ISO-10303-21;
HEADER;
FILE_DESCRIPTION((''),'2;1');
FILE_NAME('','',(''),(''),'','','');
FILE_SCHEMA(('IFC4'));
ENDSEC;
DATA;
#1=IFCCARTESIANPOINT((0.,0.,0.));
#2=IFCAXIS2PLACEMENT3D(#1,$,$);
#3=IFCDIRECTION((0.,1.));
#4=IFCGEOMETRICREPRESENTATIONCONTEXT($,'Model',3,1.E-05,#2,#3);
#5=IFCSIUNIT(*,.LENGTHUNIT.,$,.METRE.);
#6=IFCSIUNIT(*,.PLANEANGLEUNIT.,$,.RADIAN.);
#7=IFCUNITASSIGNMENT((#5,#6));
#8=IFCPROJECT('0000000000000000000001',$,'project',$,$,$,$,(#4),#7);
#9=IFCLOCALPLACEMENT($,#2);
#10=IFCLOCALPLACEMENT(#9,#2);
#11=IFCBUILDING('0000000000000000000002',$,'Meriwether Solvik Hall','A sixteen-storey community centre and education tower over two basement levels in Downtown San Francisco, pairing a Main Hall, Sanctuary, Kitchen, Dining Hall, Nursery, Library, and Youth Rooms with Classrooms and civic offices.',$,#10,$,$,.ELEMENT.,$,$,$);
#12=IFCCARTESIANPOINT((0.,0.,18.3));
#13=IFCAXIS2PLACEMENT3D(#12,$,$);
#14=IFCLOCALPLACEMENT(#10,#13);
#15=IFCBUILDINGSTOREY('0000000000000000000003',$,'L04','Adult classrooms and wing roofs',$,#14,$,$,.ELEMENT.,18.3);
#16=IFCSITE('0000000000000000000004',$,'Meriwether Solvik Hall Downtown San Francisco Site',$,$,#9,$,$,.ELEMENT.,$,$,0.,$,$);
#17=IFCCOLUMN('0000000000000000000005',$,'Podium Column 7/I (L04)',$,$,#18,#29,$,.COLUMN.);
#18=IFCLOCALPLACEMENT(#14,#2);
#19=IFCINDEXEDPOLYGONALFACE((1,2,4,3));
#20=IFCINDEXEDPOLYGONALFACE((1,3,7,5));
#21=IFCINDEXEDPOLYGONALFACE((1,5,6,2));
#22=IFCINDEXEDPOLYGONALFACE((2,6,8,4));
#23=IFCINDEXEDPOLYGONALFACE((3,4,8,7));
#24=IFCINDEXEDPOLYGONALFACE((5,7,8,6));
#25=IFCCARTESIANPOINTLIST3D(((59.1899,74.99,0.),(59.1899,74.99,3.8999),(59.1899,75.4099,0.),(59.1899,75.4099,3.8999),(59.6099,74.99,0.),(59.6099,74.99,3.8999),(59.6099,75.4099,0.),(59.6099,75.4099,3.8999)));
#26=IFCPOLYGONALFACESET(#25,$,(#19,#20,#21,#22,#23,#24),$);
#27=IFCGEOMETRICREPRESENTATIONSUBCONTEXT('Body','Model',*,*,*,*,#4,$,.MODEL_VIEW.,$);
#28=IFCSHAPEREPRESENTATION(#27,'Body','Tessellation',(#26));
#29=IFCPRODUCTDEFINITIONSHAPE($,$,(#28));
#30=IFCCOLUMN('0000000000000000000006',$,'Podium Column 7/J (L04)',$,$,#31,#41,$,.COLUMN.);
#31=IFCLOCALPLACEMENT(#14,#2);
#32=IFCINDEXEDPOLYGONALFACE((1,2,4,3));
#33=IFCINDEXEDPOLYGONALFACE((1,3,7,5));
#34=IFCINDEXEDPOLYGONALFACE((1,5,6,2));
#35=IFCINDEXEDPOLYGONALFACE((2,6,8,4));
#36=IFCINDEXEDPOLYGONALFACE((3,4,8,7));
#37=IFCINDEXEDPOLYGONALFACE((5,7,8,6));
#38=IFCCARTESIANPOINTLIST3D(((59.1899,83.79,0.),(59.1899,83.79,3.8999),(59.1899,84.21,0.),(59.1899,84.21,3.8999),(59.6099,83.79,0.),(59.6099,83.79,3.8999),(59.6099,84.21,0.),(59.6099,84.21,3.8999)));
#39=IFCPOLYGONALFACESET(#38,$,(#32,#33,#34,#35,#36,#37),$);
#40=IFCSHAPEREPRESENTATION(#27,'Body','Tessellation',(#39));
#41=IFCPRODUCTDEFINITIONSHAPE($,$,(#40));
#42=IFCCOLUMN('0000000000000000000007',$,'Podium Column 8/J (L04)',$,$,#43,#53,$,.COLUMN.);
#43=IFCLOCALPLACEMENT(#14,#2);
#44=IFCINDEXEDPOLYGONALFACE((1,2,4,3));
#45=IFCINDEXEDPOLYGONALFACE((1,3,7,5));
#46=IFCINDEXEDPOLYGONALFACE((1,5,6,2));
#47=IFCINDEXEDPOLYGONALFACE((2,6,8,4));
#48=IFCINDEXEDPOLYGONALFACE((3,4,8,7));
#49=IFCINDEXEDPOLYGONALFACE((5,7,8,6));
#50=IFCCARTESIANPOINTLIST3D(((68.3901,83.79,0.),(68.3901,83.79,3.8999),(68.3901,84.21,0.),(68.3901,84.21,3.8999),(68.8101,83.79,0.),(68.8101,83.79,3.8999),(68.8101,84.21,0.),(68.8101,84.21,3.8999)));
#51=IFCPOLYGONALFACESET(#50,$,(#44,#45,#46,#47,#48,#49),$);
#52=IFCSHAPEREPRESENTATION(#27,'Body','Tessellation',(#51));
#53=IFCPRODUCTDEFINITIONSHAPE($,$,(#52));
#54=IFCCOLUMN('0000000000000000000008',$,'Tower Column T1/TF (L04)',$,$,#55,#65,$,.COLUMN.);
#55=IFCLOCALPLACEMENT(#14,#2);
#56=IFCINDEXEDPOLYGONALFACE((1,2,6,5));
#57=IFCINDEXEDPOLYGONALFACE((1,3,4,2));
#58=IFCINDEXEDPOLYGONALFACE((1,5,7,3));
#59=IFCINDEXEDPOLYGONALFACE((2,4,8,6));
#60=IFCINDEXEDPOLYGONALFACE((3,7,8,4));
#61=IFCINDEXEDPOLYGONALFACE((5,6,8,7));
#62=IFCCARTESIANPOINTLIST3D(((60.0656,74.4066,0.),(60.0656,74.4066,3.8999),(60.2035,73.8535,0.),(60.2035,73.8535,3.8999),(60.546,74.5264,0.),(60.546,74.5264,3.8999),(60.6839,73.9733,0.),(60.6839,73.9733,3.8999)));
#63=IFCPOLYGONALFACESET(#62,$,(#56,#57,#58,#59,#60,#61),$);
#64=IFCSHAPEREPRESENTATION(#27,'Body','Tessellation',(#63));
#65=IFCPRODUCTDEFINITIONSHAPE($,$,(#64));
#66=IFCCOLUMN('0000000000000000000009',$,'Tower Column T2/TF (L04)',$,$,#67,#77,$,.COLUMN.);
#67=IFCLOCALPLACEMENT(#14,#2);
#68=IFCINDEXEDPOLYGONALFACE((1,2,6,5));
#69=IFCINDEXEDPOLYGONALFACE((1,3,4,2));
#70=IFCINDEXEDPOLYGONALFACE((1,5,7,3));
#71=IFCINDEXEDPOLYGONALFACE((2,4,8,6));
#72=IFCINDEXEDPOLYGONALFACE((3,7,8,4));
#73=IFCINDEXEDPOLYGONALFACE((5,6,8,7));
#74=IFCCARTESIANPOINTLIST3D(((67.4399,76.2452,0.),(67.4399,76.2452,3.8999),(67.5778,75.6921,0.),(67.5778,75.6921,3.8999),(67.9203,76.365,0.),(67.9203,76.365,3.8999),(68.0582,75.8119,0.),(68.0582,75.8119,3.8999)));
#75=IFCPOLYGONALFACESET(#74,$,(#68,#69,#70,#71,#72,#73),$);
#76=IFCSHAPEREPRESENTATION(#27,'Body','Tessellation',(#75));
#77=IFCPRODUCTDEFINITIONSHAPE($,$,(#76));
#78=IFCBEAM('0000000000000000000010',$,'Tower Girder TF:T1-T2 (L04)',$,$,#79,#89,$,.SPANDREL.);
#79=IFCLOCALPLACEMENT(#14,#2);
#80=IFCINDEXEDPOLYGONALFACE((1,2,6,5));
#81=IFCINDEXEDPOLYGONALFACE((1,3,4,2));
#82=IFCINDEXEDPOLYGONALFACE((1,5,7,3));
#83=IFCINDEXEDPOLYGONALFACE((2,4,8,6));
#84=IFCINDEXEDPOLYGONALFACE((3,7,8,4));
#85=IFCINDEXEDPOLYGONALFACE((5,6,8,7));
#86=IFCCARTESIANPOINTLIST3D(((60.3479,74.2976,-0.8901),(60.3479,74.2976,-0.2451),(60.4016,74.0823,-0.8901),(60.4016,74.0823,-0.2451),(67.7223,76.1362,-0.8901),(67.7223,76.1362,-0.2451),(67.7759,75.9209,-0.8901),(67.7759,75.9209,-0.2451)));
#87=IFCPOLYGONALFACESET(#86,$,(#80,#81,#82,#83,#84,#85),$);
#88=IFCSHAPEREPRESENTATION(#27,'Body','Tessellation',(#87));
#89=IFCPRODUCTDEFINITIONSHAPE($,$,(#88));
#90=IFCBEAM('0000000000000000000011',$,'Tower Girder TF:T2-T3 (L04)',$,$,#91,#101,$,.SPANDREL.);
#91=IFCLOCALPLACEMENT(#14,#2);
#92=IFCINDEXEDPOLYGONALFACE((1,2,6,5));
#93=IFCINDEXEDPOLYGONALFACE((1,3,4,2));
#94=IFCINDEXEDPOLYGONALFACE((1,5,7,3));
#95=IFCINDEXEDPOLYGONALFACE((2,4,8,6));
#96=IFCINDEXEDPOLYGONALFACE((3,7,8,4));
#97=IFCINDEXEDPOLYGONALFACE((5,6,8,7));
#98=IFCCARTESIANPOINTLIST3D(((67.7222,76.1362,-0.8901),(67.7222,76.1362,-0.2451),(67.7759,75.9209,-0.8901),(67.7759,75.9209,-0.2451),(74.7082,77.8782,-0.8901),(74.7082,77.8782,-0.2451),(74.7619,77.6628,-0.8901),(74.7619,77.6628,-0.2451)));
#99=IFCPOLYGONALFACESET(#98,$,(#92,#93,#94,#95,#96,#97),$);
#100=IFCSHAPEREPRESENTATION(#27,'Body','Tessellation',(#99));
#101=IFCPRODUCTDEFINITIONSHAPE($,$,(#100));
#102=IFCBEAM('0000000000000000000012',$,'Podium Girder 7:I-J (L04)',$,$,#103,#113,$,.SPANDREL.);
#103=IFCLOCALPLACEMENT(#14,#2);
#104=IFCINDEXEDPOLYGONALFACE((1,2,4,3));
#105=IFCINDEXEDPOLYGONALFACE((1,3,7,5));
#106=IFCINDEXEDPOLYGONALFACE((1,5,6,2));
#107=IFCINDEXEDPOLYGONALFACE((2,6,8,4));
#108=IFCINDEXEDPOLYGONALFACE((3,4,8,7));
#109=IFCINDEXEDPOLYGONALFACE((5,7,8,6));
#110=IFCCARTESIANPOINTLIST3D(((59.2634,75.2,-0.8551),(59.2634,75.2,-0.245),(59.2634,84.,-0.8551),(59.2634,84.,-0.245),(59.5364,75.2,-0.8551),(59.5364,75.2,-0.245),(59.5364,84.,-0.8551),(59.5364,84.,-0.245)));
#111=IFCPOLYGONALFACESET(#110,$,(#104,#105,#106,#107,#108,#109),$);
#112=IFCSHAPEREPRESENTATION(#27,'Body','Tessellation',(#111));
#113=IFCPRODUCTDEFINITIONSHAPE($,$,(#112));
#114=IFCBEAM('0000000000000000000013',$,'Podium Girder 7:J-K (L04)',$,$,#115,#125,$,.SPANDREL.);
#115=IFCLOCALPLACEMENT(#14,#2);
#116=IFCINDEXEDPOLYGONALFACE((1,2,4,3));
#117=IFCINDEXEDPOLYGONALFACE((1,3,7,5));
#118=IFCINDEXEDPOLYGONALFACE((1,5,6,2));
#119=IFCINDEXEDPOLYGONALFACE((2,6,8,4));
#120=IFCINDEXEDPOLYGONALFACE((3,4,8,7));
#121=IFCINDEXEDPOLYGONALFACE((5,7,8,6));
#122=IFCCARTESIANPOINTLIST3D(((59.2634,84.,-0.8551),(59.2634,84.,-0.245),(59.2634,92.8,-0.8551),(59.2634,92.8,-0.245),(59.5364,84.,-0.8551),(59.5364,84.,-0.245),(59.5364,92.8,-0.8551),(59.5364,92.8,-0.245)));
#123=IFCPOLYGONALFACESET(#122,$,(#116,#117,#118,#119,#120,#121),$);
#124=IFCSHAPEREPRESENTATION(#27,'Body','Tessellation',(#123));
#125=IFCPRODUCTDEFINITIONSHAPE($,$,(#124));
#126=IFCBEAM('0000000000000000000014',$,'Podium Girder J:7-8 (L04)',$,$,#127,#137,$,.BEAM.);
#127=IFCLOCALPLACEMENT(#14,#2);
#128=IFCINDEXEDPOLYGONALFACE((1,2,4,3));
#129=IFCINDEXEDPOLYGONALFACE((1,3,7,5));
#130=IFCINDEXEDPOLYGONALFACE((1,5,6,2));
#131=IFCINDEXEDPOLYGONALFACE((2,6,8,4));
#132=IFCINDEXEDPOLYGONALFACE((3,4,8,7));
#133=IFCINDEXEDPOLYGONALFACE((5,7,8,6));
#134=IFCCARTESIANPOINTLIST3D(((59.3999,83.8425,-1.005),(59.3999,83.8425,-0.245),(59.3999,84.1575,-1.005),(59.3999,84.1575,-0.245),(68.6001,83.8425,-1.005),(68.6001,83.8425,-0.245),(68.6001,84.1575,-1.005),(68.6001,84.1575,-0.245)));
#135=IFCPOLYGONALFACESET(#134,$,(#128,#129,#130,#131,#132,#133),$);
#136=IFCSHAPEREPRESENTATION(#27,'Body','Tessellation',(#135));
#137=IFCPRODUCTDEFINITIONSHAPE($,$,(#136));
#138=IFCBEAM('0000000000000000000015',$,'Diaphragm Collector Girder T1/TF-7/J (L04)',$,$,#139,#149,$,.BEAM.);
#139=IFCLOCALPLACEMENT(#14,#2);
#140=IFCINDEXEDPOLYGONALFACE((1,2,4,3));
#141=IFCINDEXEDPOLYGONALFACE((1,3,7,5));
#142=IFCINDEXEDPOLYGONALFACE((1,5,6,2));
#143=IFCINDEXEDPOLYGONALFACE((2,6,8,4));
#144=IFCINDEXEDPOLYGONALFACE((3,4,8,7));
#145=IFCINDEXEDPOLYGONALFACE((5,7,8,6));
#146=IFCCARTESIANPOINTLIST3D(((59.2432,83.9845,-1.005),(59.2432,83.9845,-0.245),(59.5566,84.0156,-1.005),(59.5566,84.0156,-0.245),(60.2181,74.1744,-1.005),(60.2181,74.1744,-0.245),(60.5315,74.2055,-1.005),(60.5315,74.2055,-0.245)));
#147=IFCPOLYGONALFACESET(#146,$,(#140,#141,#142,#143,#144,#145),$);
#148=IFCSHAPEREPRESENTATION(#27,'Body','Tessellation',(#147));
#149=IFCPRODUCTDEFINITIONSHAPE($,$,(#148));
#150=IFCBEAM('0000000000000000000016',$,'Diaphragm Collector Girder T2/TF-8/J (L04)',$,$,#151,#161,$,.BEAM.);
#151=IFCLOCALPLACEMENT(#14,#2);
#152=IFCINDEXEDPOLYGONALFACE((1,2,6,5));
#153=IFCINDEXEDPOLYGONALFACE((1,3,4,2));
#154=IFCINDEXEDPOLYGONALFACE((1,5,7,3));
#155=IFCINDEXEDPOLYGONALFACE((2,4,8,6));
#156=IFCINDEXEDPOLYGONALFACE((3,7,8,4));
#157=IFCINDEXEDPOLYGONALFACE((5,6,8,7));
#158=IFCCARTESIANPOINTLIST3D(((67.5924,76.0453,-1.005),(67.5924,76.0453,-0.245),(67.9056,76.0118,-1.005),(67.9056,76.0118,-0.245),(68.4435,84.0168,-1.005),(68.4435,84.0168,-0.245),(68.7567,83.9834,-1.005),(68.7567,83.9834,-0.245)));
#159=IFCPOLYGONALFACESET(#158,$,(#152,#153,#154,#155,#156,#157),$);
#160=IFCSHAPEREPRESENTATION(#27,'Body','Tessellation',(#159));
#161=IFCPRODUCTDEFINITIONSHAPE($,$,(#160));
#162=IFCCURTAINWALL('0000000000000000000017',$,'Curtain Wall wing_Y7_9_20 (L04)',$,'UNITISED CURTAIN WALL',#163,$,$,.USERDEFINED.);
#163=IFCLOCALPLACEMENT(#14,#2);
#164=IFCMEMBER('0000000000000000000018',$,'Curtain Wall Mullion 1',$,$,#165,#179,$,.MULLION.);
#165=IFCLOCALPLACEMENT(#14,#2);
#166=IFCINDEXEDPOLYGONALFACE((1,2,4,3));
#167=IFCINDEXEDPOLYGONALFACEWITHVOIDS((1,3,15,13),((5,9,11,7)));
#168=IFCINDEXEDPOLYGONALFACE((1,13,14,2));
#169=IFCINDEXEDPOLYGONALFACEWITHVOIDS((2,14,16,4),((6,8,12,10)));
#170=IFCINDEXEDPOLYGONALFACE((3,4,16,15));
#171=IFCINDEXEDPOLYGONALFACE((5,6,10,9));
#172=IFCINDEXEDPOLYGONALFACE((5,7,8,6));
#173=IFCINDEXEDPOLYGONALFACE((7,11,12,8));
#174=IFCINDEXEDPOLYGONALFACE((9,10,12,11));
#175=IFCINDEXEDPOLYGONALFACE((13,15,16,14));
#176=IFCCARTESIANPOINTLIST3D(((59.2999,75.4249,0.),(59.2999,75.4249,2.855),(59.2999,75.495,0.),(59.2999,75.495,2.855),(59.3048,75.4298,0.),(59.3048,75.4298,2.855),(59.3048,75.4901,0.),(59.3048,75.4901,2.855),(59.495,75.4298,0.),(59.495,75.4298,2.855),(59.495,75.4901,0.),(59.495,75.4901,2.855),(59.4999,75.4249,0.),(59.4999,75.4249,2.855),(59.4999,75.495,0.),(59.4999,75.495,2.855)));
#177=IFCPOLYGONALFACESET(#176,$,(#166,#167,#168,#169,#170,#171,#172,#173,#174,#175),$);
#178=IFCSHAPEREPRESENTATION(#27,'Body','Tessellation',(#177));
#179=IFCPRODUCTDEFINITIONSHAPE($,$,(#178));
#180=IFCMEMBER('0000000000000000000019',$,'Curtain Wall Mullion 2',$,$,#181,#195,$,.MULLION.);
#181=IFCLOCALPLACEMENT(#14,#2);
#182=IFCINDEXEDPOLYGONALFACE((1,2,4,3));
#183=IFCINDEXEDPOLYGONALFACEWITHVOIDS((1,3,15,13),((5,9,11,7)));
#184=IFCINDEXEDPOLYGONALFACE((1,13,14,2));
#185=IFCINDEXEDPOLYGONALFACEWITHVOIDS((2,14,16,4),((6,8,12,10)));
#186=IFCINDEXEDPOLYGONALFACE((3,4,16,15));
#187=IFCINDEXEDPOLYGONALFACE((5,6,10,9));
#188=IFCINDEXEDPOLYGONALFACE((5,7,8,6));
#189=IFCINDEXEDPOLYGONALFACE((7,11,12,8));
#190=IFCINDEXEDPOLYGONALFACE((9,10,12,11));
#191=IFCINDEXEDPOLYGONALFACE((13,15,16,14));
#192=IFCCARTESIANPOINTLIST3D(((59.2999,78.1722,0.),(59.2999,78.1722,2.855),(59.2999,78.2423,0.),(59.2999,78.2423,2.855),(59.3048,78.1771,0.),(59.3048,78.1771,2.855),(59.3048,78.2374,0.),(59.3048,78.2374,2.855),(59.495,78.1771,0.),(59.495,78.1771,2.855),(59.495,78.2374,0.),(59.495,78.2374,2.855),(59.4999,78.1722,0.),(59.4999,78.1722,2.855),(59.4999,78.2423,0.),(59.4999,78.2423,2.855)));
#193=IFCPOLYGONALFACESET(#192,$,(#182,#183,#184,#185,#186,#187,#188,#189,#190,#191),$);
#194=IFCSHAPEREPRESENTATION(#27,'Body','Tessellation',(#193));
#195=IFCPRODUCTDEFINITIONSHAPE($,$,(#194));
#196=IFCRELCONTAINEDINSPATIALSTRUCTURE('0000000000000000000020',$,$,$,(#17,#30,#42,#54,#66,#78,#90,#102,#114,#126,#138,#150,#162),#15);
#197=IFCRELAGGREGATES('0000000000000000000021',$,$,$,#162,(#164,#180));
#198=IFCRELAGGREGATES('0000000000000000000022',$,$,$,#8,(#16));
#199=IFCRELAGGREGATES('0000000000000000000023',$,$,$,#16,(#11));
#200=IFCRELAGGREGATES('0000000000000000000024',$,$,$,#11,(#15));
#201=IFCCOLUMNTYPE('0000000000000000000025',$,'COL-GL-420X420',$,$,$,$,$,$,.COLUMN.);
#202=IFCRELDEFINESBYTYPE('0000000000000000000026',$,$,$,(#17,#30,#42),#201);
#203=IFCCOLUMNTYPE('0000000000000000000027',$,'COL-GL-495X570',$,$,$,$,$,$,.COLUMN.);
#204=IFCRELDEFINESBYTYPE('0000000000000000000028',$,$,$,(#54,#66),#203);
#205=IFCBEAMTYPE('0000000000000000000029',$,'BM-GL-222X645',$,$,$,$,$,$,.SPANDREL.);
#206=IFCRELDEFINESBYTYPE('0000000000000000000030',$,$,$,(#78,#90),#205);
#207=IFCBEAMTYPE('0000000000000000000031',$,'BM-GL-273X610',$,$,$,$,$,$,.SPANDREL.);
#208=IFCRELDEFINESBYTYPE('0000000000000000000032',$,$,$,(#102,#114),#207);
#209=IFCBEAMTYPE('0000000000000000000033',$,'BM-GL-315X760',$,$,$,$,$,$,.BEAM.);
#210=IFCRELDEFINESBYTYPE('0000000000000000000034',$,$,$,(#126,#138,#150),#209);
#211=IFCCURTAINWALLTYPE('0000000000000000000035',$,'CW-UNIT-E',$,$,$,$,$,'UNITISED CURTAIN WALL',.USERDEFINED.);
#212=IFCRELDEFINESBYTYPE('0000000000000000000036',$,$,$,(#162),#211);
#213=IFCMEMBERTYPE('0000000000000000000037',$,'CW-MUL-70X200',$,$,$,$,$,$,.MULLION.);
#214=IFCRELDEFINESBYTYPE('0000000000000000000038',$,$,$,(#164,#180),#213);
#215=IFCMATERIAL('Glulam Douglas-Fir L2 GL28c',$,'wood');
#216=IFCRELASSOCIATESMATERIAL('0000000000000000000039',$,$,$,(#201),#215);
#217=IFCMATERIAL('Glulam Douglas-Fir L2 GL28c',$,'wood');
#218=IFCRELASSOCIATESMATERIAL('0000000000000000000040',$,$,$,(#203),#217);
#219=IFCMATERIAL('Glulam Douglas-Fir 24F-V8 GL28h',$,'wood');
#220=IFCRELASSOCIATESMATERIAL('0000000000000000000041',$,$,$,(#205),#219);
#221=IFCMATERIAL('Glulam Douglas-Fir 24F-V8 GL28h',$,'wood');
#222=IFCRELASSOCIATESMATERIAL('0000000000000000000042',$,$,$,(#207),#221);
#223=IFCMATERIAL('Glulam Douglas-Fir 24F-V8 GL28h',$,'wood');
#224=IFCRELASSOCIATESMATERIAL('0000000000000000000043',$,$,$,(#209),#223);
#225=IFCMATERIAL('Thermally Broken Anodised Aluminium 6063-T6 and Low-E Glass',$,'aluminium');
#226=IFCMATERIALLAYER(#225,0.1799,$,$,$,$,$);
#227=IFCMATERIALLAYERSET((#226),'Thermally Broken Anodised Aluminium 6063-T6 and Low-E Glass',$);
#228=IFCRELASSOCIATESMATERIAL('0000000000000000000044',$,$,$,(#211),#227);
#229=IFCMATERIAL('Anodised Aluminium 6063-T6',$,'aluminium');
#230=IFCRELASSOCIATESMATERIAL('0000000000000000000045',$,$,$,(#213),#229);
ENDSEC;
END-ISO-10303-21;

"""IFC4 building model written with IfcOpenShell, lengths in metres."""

from ifc_helpers import new_model, si_unit, direction, frame, origin, origin_2d, place, context, subcontext, project, spatial, rectangle, hollow_rectangle, extrude, material, layer, layer_set, material_profile, profile_set, type_object, element, aggregate, save


model = new_model("IFC4")

# Units and contexts
model_context = context("Model", 3, precision=1e-05, world=origin(), true_north=direction((0.0, 1.0)))
body_context = subcontext(model_context, "Body", "Model", "MODEL_VIEW")
ifc_project = project(units=[si_unit("LENGTHUNIT", "METRE"), si_unit("PLANEANGLEUNIT", "RADIAN")], contexts=[model_context])

# Site, building, storey
site_placement = place(None, origin())
site = spatial("IfcSite", under=ifc_project, at=site_placement, Name="Meriwether Solvik Hall Downtown San Francisco Site", CompositionType="ELEMENT", RefElevation=0.0)
building_placement = place(site_placement, origin())
building = spatial("IfcBuilding", under=site, at=building_placement, Name="Meriwether Solvik Hall", Description="A sixteen-storey community centre and education tower over two basement levels in Downtown San Francisco, pairing a Main Hall, Sanctuary, Kitchen, Dining Hall, Nursery, Library, and Youth Rooms with Classrooms and civic offices.", CompositionType="ELEMENT")
storey_placement = place(building_placement, frame((0.0, 0.0, 18.3)))
storey = spatial("IfcBuildingStorey", under=building, at=storey_placement, Name="L04", Description="Adult classrooms and wing roofs", CompositionType="ELEMENT", Elevation=18.3)

# Columns
ifc_material_1 = material(Name="Glulam Douglas-Fir L2 GL28c", Category="wood")
ifc_material_profile_1 = material_profile(ifc_material_1, rectangle(XDim=0.4199, YDim=0.4199, at=origin_2d()), Name="GLC-420X420")
ifc_profile_set_1 = profile_set([ifc_material_profile_1], Name="Glulam Douglas-Fir L2 GL28c")
column_type_1 = type_object("IfcColumnType", Name="COL-GL-420X420", PredefinedType="COLUMN", material=ifc_profile_set_1)
for number, where, z_axis, x_axis, name in (
    (1, (59.3999, 75.2, 0.0), (0.0, 0.0, 1.0), (1.0, 0.0, 0.0), "Podium Column 7/I (L04)"),
    (2, (59.3999, 84.0, 0.0), (0.0, 0.0, 1.0), (1.0, 0.0, 0.0), "Podium Column 7/J (L04)"),
    (3, (68.6001, 84.0, 0.0), (0.0, 0.0, 1.0), (1.0, 0.0, 0.0), "Podium Column 8/J (L04)"),
):
    element("IfcColumn", number, at=place(storey_placement, frame(where, z_axis=z_axis, x_axis=x_axis)), inside=storey, type_object=column_type_1, Name=name, PredefinedType="COLUMN", context=body_context, shape_type="SweptSolid", body=[
        extrude(rectangle(XDim=0.4199, YDim=0.4199, at=origin_2d()), origin(), (0.0, 0.0, 1.0), 3.8999),
    ])
ifc_material_2 = material(Name="Glulam Douglas-Fir L2 GL28c", Category="wood")
ifc_material_profile_2 = material_profile(ifc_material_2, rectangle(XDim=0.4951, YDim=0.5701, at=origin_2d()), Name="GLC-495X570")
ifc_profile_set_2 = profile_set([ifc_material_profile_2], Name="Glulam Douglas-Fir L2 GL28c")
column_type_2 = type_object("IfcColumnType", Name="COL-GL-495X570", PredefinedType="COLUMN", material=ifc_profile_set_2)
for number, where, z_axis, x_axis, name in (
    (4, (60.3748, 74.1899, 0.0), (0.0, 0.0, 1.0), (0.970296, 0.241922, 0.0), "Tower Column T1/TF (L04)"),
    (5, (67.749, 76.0286, 0.0), (0.0, 0.0, 1.0), (0.970296, 0.241922, 0.0), "Tower Column T2/TF (L04)"),
):
    element("IfcColumn", number, at=place(storey_placement, frame(where, z_axis=z_axis, x_axis=x_axis)), inside=storey, type_object=column_type_2, Name=name, PredefinedType="COLUMN", context=body_context, shape_type="SweptSolid", body=[
        extrude(rectangle(XDim=0.4951, YDim=0.5701, at=origin_2d()), origin(), (0.0, 0.0, 1.0), 3.8999),
    ])

# Beams
ifc_material_3 = material(Name="Glulam Douglas-Fir 24F-V8 GL28h", Category="wood")
ifc_material_profile_3 = material_profile(ifc_material_3, rectangle(XDim=0.2219, YDim=0.645, at=origin_2d()), Name="GLB-222X645")
ifc_profile_set_3 = profile_set([ifc_material_profile_3], Name="Glulam Douglas-Fir 24F-V8 GL28h")
beam_type_1 = type_object("IfcBeamType", Name="BM-GL-222X645", PredefinedType="SPANDREL", material=ifc_profile_set_3)
beam_1_placement = place(storey_placement, frame((60.3748, 74.1899, -0.5676), z_axis=(0.970295, 0.241923, 0.0), x_axis=(-0.241923, 0.970295, 0.0)))
element("IfcBeam", 6, at=beam_1_placement, inside=storey, type_object=beam_type_1, Name="Tower Girder TF:T1-T2 (L04)", PredefinedType="SPANDREL", context=body_context, shape_type="SweptSolid", body=[
    extrude(rectangle(XDim=0.2219, YDim=0.645, at=origin_2d()), origin(), (0.0, 0.0, 1.0), 7.6001),
])
beam_2_placement = place(storey_placement, frame((67.749, 76.0286, -0.5676), z_axis=(0.970292, 0.241937, 0.0), x_axis=(-0.241937, 0.970292, 0.0)))
element("IfcBeam", 7, at=beam_2_placement, inside=storey, type_object=beam_type_1, Name="Tower Girder TF:T2-T3 (L04)", PredefinedType="SPANDREL", context=body_context, shape_type="SweptSolid", body=[
    extrude(rectangle(XDim=0.2219, YDim=0.645, at=origin_2d()), origin(), (0.0, 0.0, 1.0), 7.2),
])
ifc_material_4 = material(Name="Glulam Douglas-Fir 24F-V8 GL28h", Category="wood")
ifc_material_profile_4 = material_profile(ifc_material_4, rectangle(XDim=0.2729, YDim=0.6101, at=origin_2d()), Name="GLB-273X610")
ifc_profile_set_4 = profile_set([ifc_material_profile_4], Name="Glulam Douglas-Fir 24F-V8 GL28h")
beam_type_2 = type_object("IfcBeamType", Name="BM-GL-273X610", PredefinedType="SPANDREL", material=ifc_profile_set_4)
for number, where, z_axis, x_axis, name in (
    (8, (59.3999, 75.2, -0.55), (0.0, 1.0, 0.0), (-1.0, 0.0, 0.0), "Podium Girder 7:I-J (L04)"),
    (9, (59.3999, 84.0, -0.55), (0.0, 1.0, 0.0), (-1.0, 0.0, 0.0), "Podium Girder 7:J-K (L04)"),
):
    element("IfcBeam", number, at=place(storey_placement, frame(where, z_axis=z_axis, x_axis=x_axis)), inside=storey, type_object=beam_type_2, Name=name, PredefinedType="SPANDREL", context=body_context, shape_type="SweptSolid", body=[
        extrude(rectangle(XDim=0.2729, YDim=0.6101, at=origin_2d()), origin(), (0.0, 0.0, 1.0), 8.8),
    ])
ifc_material_5 = material(Name="Glulam Douglas-Fir 24F-V8 GL28h", Category="wood")
ifc_material_profile_5 = material_profile(ifc_material_5, rectangle(XDim=0.3149, YDim=0.76, at=origin_2d()), Name="GLB-315X760")
ifc_profile_set_5 = profile_set([ifc_material_profile_5], Name="Glulam Douglas-Fir 24F-V8 GL28h")
beam_type_3 = type_object("IfcBeamType", Name="BM-GL-315X760", PredefinedType="BEAM", material=ifc_profile_set_5)
beam_3_placement = place(storey_placement, frame((59.3999, 84.0, -0.625), z_axis=(1.0, 0.0, 0.0), x_axis=(0.0, 1.0, 0.0)))
element("IfcBeam", 10, at=beam_3_placement, inside=storey, type_object=beam_type_3, Name="Podium Girder J:7-8 (L04)", PredefinedType="BEAM", context=body_context, shape_type="SweptSolid", body=[
    extrude(rectangle(XDim=0.3149, YDim=0.76, at=origin_2d()), origin(), (0.0, 0.0, 1.0), 9.2002),
])
beam_4_placement = place(storey_placement, frame((60.3748, 74.1899, -0.625), z_axis=(-0.098886, 0.995099, 0.0), x_axis=(-0.995099, -0.098886, 0.0)))
element("IfcBeam", 11, at=beam_4_placement, inside=storey, type_object=beam_type_3, Name="Diaphragm Collector Girder T1/TF-7/J (L04)", PredefinedType="BEAM", context=body_context, shape_type="SweptSolid", body=[
    extrude(rectangle(XDim=0.3149, YDim=0.76, at=origin_2d()), origin(), (0.0, 0.0, 1.0), 9.8584),
])
beam_5_placement = place(storey_placement, frame((67.749, 76.0286, -0.625), z_axis=(0.106162, 0.994349, 0.0), x_axis=(-0.994349, 0.106162, 0.0)))
element("IfcBeam", 12, at=beam_5_placement, inside=storey, type_object=beam_type_3, Name="Diaphragm Collector Girder T2/TF-8/J (L04)", PredefinedType="BEAM", context=body_context, shape_type="SweptSolid", body=[
    extrude(rectangle(XDim=0.3149, YDim=0.76, at=origin_2d()), origin(), (0.0, 0.0, 1.0), 8.0168),
])

# Curtain wall, members
ifc_material_6 = material(Name="Thermally Broken Anodised Aluminium 6063-T6 and Low-E Glass", Category="aluminium")
ifc_layer_1 = layer(ifc_material_6, 0.1799)
ifc_layer_set_1 = layer_set([ifc_layer_1], Name="Thermally Broken Anodised Aluminium 6063-T6 and Low-E Glass")
curtain_wall_type = type_object("IfcCurtainWallType", Name="CW-UNIT-E", ElementType="UNITISED CURTAIN WALL", PredefinedType="USERDEFINED", material=ifc_layer_set_1)
curtain_wall_placement = place(storey_placement, origin())
curtain_wall = element("IfcCurtainWall", 13, at=curtain_wall_placement, inside=storey, type_object=curtain_wall_type, Name="Curtain Wall wing_Y7_9_20 (L04)", ObjectType="UNITISED CURTAIN WALL", PredefinedType="USERDEFINED")
ifc_material_7 = material(Name="Anodised Aluminium 6063-T6", Category="aluminium")
ifc_material_profile_6 = material_profile(ifc_material_7, hollow_rectangle(XDim=0.0701, YDim=0.2, WallThickness=0.0049, at=origin_2d()), Name="CWM-70X200")
ifc_profile_set_6 = profile_set([ifc_material_profile_6], Name="Anodised Aluminium 6063-T6")
member_type_1 = type_object("IfcMemberType", Name="CW-MUL-70X200", PredefinedType="MULLION", material=ifc_profile_set_6)
member_1_placement = place(storey_placement, frame((59.3999, 75.46, 0.0), z_axis=(0.0, 0.0, 1.0), x_axis=(0.0, 1.0, 0.0)))
member_1 = element("IfcMember", 14, at=member_1_placement, type_object=member_type_1, Name="Curtain Wall Mullion 1", PredefinedType="MULLION", context=body_context, shape_type="SweptSolid", body=[
    extrude(hollow_rectangle(XDim=0.0701, YDim=0.2, WallThickness=0.0049, at=origin_2d()), origin(), (0.0, 0.0, 1.0), 2.855),
])
member_2_placement = place(storey_placement, frame((59.3999, 78.2073, 0.0), z_axis=(0.0, 0.0, 1.0), x_axis=(0.0, 1.0, 0.0)))
member_2 = element("IfcMember", 15, at=member_2_placement, type_object=member_type_1, Name="Curtain Wall Mullion 2", PredefinedType="MULLION", context=body_context, shape_type="SweptSolid", body=[
    extrude(hollow_rectangle(XDim=0.0701, YDim=0.2, WallThickness=0.0049, at=origin_2d()), origin(), (0.0, 0.0, 1.0), 2.855),
])
aggregate(curtain_wall, [member_1, member_2])

save(model, "model.ifc")
